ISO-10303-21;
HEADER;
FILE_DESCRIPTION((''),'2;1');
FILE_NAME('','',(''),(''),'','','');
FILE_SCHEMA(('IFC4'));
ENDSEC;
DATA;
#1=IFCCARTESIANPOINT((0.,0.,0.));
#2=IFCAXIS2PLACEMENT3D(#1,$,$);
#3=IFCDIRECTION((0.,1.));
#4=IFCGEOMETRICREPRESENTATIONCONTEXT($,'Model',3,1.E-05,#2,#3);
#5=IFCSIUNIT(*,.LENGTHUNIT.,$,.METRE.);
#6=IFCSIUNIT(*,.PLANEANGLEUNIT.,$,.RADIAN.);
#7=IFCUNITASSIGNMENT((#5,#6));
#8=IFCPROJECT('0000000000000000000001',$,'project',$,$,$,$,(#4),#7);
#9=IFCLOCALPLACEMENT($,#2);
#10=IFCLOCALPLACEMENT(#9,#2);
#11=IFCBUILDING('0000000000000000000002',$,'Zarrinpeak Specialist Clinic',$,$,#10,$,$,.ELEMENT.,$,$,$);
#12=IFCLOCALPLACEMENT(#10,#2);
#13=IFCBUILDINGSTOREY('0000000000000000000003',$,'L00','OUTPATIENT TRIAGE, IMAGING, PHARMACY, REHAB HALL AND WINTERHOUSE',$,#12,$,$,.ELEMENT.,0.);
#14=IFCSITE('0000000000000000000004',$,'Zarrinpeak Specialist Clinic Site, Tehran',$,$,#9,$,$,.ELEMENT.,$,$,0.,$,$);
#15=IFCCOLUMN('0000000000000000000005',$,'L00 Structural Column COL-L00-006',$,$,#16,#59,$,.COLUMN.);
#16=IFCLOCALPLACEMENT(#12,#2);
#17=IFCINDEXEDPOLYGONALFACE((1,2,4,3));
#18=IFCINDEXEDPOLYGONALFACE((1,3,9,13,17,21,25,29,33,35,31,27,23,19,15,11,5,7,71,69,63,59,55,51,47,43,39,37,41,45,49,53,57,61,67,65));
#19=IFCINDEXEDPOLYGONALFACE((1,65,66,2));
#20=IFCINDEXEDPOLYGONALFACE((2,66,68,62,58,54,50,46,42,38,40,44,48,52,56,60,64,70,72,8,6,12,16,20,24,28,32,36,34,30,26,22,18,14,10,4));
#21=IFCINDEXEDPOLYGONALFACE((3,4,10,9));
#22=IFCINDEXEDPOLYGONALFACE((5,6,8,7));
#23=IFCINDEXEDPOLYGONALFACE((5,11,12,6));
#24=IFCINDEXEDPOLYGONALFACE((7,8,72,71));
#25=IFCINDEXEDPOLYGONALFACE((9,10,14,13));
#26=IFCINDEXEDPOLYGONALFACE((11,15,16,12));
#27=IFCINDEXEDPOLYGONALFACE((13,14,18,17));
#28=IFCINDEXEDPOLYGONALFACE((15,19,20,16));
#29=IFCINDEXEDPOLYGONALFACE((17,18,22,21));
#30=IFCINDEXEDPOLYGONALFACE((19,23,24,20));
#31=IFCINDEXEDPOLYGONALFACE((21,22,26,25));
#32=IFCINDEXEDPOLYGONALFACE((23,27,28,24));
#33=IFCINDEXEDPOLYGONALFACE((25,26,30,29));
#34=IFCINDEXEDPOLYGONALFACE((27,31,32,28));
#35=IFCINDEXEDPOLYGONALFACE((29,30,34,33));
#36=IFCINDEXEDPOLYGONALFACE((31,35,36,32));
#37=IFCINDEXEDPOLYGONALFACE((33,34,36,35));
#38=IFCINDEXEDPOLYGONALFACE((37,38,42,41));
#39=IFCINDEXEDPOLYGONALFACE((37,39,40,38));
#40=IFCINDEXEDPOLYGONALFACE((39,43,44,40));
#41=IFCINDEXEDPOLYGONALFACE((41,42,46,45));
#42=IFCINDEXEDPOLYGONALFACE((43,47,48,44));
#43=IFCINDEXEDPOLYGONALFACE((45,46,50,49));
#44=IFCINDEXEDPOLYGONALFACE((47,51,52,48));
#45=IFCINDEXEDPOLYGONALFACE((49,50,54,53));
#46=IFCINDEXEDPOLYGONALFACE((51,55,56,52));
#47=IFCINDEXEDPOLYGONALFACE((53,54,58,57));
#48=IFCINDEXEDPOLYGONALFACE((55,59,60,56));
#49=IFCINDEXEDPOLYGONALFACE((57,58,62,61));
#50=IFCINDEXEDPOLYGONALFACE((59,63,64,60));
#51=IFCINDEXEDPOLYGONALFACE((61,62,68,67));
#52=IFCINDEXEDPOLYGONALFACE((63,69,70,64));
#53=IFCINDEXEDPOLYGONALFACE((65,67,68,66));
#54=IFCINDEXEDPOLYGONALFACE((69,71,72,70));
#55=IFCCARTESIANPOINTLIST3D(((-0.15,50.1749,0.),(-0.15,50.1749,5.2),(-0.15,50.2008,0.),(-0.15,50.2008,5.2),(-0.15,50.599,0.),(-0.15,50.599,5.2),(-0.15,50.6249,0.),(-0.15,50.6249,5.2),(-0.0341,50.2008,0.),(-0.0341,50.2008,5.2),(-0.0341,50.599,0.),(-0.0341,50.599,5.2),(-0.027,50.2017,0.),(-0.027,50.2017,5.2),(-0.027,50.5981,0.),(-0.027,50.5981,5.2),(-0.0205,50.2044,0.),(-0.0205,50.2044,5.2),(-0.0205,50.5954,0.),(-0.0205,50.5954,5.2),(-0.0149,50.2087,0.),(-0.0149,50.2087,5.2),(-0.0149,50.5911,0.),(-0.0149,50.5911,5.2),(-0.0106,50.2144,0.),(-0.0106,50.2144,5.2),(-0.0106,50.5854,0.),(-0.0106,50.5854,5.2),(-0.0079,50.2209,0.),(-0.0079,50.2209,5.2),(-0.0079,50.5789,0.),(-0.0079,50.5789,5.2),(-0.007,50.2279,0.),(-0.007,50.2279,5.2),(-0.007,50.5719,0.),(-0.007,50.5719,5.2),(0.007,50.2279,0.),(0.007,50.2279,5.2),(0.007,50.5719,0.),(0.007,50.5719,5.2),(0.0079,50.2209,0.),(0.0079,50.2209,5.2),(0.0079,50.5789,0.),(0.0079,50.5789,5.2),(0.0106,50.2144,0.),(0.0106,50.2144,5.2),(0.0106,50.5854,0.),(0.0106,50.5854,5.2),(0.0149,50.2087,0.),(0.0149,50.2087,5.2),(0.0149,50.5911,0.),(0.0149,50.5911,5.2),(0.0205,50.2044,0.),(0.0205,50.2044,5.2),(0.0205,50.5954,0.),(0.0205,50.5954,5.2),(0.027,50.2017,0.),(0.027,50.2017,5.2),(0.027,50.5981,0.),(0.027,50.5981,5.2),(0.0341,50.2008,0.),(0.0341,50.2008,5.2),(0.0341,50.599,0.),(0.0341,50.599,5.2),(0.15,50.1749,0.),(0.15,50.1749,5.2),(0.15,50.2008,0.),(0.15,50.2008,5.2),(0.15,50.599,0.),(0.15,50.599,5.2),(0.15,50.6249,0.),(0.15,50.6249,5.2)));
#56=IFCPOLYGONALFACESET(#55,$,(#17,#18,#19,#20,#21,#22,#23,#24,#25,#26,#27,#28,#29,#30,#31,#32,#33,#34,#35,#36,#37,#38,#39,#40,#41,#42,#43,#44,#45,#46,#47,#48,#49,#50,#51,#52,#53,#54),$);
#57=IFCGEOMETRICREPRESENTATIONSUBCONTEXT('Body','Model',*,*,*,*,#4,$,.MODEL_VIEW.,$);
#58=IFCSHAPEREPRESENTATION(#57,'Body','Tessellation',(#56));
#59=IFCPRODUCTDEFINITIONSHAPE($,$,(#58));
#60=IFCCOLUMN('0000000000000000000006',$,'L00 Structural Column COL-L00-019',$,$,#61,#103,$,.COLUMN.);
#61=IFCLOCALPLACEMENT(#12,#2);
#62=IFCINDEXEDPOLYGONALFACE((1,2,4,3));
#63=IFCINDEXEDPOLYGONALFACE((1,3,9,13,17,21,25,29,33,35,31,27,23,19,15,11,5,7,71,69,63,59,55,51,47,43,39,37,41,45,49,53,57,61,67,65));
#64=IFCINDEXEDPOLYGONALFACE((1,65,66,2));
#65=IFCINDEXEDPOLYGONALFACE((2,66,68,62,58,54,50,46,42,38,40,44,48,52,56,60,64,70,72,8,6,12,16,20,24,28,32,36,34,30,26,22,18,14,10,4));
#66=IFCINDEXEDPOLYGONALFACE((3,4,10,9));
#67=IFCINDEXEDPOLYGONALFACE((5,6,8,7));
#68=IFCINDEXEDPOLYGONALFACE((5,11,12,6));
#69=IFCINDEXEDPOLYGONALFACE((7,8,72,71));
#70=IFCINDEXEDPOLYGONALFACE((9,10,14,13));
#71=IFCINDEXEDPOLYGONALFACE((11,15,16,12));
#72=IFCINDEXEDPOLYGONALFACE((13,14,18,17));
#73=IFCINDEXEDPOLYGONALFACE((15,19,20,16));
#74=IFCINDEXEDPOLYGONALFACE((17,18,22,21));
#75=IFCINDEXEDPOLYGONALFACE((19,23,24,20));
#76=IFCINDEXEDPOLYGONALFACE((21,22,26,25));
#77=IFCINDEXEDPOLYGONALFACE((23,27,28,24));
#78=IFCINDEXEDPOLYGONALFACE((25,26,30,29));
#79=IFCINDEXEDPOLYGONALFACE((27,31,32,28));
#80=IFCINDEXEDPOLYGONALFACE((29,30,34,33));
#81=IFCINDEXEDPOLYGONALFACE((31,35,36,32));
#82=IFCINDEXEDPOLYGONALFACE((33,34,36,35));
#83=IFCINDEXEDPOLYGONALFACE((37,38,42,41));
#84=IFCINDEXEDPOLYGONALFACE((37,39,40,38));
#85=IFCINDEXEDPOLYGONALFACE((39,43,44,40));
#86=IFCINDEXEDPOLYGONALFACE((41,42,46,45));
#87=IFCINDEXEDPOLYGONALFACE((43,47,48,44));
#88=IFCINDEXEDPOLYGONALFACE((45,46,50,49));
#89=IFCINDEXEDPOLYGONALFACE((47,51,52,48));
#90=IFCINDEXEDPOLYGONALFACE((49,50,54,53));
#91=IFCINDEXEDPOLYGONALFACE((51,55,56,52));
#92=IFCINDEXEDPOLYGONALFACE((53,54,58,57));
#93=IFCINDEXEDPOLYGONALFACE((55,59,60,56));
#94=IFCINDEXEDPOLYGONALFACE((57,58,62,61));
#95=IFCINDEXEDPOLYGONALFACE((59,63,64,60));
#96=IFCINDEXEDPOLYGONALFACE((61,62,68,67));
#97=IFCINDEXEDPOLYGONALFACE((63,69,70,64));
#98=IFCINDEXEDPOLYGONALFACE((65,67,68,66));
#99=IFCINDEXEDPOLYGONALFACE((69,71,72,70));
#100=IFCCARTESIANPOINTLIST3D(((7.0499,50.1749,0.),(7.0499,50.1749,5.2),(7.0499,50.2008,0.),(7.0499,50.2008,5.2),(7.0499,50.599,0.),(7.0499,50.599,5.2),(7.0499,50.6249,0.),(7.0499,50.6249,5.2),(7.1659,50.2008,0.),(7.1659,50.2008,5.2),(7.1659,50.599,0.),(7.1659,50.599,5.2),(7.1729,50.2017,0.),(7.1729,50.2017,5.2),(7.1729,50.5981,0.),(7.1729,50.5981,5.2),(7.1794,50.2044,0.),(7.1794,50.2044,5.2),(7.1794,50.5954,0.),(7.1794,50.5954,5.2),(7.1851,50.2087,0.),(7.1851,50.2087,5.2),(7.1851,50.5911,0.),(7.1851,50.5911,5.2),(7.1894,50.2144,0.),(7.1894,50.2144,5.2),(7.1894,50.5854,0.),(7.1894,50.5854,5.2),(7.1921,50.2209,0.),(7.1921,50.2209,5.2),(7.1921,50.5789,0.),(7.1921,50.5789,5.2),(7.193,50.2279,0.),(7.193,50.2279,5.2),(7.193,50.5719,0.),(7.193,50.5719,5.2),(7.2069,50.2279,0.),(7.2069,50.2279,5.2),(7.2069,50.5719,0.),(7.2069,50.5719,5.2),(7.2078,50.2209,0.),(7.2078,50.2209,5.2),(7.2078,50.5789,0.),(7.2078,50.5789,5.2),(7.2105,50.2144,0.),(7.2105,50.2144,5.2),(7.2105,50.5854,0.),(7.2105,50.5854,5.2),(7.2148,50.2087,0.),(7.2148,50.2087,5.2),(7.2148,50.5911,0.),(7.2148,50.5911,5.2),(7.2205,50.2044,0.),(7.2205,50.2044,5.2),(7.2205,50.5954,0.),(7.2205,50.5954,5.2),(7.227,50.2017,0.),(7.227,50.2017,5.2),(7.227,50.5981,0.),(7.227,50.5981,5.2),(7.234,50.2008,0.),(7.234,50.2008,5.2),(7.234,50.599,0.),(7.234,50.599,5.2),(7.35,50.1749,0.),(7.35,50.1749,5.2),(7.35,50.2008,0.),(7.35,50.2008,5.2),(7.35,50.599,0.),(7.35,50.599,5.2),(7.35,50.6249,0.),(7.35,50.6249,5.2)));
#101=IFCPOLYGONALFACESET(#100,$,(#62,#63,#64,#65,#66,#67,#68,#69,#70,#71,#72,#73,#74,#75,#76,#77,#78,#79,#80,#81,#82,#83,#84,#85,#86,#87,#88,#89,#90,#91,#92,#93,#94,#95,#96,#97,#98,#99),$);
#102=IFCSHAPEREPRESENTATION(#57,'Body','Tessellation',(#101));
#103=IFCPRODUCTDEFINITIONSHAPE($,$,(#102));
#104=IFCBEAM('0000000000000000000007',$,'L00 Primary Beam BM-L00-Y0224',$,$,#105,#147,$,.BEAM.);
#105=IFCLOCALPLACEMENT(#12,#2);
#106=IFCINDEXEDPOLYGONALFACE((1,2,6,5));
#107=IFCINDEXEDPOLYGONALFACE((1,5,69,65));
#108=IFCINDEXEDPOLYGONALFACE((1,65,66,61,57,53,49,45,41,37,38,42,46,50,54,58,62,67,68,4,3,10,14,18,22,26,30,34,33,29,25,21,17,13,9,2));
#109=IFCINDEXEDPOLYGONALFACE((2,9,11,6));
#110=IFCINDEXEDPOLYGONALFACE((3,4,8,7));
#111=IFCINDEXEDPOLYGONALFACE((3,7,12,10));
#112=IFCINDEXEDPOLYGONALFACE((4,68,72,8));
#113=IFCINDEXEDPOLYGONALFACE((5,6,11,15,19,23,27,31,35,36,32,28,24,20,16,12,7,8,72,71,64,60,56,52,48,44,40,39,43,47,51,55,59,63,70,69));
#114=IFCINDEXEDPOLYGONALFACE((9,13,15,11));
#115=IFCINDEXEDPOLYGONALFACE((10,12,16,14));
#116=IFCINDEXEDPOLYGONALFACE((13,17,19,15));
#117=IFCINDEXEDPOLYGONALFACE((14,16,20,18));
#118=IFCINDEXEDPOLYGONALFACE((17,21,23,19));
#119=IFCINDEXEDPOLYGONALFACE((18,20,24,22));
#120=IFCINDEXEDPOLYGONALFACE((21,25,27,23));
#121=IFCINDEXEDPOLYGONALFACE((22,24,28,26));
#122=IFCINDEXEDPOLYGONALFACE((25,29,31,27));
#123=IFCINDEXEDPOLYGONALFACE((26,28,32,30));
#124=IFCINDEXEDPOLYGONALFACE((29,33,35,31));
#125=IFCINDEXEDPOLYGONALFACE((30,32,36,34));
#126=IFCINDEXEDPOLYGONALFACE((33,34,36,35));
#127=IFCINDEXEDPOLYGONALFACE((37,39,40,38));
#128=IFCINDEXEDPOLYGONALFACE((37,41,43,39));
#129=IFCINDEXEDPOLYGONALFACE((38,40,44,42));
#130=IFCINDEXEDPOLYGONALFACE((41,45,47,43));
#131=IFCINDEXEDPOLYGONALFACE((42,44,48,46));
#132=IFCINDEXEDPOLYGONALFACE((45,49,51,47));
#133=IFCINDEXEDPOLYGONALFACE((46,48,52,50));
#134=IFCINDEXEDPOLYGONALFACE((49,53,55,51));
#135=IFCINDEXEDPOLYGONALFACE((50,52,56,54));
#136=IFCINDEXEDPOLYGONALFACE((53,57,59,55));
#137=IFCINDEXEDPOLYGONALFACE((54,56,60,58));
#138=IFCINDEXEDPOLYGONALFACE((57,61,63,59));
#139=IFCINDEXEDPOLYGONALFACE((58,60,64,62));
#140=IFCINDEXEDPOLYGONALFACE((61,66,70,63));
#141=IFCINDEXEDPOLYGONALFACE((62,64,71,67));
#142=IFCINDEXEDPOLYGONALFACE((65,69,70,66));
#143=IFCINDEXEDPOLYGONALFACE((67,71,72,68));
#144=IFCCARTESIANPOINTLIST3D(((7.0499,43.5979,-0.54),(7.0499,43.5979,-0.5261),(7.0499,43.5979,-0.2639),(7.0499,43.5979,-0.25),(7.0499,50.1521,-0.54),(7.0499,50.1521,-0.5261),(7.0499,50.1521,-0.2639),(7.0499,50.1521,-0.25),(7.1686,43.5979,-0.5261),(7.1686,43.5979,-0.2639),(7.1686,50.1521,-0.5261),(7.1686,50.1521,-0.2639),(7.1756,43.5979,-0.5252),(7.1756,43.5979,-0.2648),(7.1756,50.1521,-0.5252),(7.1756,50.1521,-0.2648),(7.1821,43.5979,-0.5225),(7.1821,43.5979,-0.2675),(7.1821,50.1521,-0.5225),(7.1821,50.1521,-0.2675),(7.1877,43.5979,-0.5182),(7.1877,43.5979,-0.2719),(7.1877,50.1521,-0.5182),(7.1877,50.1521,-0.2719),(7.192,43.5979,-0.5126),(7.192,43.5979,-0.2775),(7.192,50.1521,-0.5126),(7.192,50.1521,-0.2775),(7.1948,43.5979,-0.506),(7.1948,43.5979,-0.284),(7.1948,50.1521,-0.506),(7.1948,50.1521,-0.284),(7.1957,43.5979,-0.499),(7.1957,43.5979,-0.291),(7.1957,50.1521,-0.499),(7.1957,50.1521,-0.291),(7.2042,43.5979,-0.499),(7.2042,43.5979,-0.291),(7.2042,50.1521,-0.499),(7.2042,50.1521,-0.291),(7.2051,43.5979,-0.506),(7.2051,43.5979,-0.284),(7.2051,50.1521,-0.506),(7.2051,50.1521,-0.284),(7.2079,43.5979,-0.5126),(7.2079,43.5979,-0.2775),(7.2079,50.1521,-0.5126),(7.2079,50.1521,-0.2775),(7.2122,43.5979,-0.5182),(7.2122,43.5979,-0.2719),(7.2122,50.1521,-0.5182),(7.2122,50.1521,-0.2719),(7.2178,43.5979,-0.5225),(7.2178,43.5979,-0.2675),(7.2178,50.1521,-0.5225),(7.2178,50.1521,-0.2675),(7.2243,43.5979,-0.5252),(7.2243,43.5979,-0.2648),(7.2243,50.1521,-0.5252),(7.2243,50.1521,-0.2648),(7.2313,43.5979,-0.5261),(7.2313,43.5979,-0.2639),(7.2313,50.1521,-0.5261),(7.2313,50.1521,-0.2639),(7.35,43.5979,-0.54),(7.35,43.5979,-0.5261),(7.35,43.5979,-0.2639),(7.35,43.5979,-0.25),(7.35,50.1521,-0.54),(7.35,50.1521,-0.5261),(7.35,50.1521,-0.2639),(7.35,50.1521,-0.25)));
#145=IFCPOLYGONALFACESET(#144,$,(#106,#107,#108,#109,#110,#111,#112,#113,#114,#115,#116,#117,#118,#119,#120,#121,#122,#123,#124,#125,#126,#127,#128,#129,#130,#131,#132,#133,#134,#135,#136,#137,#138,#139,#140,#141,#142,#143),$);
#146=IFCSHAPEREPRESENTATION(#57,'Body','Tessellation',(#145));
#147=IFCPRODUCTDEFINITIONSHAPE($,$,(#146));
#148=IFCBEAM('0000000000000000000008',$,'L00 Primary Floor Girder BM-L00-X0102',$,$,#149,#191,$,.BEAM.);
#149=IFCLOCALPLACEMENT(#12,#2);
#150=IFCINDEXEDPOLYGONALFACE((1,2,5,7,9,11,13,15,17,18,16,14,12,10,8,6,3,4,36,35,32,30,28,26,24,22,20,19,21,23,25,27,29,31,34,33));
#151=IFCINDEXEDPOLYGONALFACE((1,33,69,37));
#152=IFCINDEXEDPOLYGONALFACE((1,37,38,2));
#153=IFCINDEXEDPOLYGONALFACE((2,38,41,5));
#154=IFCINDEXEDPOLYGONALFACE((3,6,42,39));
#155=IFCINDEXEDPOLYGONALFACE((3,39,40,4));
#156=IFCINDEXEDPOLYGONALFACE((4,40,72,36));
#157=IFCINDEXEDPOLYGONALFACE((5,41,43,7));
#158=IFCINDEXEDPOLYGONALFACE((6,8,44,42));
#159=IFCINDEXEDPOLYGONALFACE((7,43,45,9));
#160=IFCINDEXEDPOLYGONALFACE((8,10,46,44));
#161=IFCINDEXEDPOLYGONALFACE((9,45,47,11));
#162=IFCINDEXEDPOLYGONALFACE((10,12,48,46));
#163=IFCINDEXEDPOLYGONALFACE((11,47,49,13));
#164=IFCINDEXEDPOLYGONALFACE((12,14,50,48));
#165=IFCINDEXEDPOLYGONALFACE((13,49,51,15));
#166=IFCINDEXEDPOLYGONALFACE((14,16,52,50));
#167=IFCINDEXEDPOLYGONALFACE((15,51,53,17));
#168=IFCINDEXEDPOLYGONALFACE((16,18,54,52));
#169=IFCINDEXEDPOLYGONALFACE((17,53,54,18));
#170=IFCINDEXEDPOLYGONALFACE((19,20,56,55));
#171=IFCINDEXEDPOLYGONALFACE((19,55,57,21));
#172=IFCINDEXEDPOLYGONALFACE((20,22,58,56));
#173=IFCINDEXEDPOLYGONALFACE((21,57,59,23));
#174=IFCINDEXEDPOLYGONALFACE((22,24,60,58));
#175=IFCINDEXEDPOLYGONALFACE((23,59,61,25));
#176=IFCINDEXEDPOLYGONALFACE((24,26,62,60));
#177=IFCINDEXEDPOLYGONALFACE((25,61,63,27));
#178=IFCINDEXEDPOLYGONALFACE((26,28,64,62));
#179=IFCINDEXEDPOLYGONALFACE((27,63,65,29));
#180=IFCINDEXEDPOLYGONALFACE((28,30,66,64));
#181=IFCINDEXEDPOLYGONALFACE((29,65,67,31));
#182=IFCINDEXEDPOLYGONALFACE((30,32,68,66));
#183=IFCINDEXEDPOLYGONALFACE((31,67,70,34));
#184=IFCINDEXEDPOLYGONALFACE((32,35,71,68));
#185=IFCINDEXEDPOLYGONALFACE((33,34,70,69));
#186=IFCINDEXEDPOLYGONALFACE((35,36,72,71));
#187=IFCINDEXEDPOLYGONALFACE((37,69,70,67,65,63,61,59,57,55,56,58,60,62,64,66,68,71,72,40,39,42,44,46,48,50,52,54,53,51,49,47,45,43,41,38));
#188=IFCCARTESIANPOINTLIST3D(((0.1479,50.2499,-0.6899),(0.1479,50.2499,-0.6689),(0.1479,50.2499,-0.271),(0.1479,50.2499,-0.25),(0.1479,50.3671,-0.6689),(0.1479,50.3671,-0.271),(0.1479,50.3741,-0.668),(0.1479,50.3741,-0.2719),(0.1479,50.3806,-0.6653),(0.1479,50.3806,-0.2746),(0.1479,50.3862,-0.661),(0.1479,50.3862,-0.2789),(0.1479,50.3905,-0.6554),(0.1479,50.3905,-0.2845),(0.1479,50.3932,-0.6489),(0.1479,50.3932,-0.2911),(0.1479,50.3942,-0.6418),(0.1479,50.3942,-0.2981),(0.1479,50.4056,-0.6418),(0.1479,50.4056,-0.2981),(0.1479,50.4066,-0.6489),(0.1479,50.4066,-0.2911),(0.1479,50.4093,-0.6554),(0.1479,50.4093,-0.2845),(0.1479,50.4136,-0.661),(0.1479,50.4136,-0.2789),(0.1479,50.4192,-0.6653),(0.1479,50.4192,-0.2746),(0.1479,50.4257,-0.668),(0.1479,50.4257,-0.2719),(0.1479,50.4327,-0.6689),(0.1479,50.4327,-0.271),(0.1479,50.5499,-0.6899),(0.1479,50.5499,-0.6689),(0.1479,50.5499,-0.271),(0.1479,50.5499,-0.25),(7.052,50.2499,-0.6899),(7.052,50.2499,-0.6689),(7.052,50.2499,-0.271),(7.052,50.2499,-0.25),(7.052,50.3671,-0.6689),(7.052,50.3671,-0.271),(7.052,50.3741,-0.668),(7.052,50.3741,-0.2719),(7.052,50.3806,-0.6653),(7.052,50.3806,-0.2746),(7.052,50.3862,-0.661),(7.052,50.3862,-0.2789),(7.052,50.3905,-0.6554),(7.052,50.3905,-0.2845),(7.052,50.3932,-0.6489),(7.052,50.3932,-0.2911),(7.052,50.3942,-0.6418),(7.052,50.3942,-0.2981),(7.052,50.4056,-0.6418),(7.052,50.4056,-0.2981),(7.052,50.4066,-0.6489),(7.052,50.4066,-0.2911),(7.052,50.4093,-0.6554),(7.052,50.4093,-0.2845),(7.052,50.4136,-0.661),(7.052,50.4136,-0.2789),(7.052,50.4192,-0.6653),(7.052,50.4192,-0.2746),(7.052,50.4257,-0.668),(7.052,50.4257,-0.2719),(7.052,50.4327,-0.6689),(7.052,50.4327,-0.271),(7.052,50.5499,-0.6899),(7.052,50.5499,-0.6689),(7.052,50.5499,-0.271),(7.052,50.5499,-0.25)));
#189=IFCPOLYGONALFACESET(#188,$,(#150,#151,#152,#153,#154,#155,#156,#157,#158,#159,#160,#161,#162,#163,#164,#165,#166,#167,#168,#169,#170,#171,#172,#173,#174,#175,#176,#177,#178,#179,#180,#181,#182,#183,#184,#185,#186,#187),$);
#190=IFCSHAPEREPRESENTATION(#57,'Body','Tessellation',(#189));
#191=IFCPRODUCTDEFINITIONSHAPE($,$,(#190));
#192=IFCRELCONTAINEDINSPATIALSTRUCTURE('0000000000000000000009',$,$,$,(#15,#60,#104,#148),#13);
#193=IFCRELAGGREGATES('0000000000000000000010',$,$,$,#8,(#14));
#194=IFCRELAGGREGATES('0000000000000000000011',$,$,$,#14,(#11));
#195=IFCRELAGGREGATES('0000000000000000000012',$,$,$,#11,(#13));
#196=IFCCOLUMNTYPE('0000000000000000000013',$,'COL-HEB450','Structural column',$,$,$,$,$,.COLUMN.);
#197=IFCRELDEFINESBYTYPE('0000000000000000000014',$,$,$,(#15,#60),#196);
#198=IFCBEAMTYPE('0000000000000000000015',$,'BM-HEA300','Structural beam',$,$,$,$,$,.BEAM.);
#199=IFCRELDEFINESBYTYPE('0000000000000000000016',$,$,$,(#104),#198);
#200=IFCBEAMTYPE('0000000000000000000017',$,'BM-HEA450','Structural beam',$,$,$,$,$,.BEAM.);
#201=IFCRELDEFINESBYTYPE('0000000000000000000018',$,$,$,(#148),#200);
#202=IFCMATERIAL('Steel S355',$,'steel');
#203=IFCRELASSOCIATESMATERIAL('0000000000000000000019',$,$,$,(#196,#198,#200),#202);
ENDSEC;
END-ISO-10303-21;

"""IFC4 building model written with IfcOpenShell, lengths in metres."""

from ifc_helpers import new_model, si_unit, direction, frame, origin, origin_2d, place, context, subcontext, project, spatial, i_section, extrude, material, material_profile, profile_set, type_object, element, save


model = new_model("IFC4")

# Units and contexts
model_context = context("Model", 3, precision=1e-05, world=origin(), true_north=direction((0.0, 1.0)))
body_context = subcontext(model_context, "Body", "Model", "MODEL_VIEW")
ifc_project = project(units=[si_unit("LENGTHUNIT", "METRE"), si_unit("PLANEANGLEUNIT", "RADIAN")], contexts=[model_context])

# Site, building, storey
site_placement = place(None, origin())
site = spatial("IfcSite", under=ifc_project, at=site_placement, Name="Zarrinpeak Specialist Clinic Site, Tehran", CompositionType="ELEMENT", RefElevation=0.0)
building_placement = place(site_placement, origin())
building = spatial("IfcBuilding", under=site, at=building_placement, Name="Zarrinpeak Specialist Clinic", CompositionType="ELEMENT")
storey_placement = place(building_placement, origin())
storey = spatial("IfcBuildingStorey", under=building, at=storey_placement, Name="L00", Description="OUTPATIENT TRIAGE, IMAGING, PHARMACY, REHAB HALL AND WINTERHOUSE", CompositionType="ELEMENT", Elevation=0.0)

# Columns
ifc_material_1 = material(Name="Steel S355", Category="steel")
ifc_material_profile_1 = material_profile(ifc_material_1, i_section(OverallWidth=0.3, OverallDepth=0.45, WebThickness=0.0139, FlangeThickness=0.0259, FilletRadius=0.0271, at=origin_2d()), Name="HEB 450")
ifc_profile_set_1 = profile_set([ifc_material_profile_1], Name="Steel S355")
column_type = type_object("IfcColumnType", Name="COL-HEB450", Description="Structural column", PredefinedType="COLUMN", material=ifc_profile_set_1)
for number, where, z_axis, x_axis, name in (
    (1, (0.0, 50.3999, 0.0), (0.0, 0.0, 1.0), (1.0, 0.0, 0.0), "L00 Structural Column COL-L00-006"),
    (2, (7.2, 50.3999, 0.0), (0.0, 0.0, 1.0), (1.0, 0.0, 0.0), "L00 Structural Column COL-L00-019"),
):
    element("IfcColumn", number, at=place(storey_placement, frame(where, z_axis=z_axis, x_axis=x_axis)), inside=storey, type_object=column_type, Name=name, PredefinedType="COLUMN", context=body_context, shape_type="SweptSolid", body=[
        extrude(i_section(OverallWidth=0.3, OverallDepth=0.45, WebThickness=0.0139, FlangeThickness=0.0259, FilletRadius=0.0271, at=origin_2d()), origin(), (0.0, 0.0, 1.0), 5.2),
    ])

# Beams
ifc_material_profile_2 = material_profile(ifc_material_1, i_section(OverallWidth=0.3, OverallDepth=0.29, WebThickness=0.0085, FlangeThickness=0.0139, FilletRadius=0.0271, at=origin_2d()), Name="HEA 300")
ifc_profile_set_2 = profile_set([ifc_material_profile_2], Name="Steel S355")
beam_type_1 = type_object("IfcBeamType", Name="BM-HEA300", Description="Structural beam", PredefinedType="BEAM", material=ifc_profile_set_2)
beam_1_placement = place(storey_placement, frame((7.2, 43.5979, -0.395), z_axis=(0.0, 1.0, 0.0), x_axis=(-1.0, 0.0, 0.0)))
element("IfcBeam", 3, at=beam_1_placement, inside=storey, type_object=beam_type_1, Name="L00 Primary Beam BM-L00-Y0224", PredefinedType="BEAM", context=body_context, shape_type="SweptSolid", body=[
    extrude(i_section(OverallWidth=0.3, OverallDepth=0.29, WebThickness=0.0085, FlangeThickness=0.0139, FilletRadius=0.0271, at=origin_2d()), origin(), (0.0, 0.0, 1.0), 6.5542),
])
ifc_material_profile_3 = material_profile(ifc_material_1, i_section(OverallWidth=0.3, OverallDepth=0.4399, WebThickness=0.0115, FlangeThickness=0.021, FilletRadius=0.0271, at=origin_2d()), Name="HEA 450")
ifc_profile_set_3 = profile_set([ifc_material_profile_3], Name="Steel S355")
beam_type_2 = type_object("IfcBeamType", Name="BM-HEA450", Description="Structural beam", PredefinedType="BEAM", material=ifc_profile_set_3)
for number, where, z_axis, x_axis, name in (
    (4, (0.1479, 50.3999, -0.47), (1.0, 0.0, 0.0), (0.0, 1.0, 0.0), "L00 Primary Floor Girder BM-L00-X0102"),
):
    element("IfcBeam", number, at=place(storey_placement, frame(where, z_axis=z_axis, x_axis=x_axis)), inside=storey, type_object=beam_type_2, Name=name, PredefinedType="BEAM", context=body_context, shape_type="SweptSolid", body=[
        extrude(i_section(OverallWidth=0.3, OverallDepth=0.4399, WebThickness=0.0115, FlangeThickness=0.021, FilletRadius=0.0271, at=origin_2d()), origin(), (0.0, 0.0, 1.0), 6.9041),
    ])

save(model, "model.ifc")
